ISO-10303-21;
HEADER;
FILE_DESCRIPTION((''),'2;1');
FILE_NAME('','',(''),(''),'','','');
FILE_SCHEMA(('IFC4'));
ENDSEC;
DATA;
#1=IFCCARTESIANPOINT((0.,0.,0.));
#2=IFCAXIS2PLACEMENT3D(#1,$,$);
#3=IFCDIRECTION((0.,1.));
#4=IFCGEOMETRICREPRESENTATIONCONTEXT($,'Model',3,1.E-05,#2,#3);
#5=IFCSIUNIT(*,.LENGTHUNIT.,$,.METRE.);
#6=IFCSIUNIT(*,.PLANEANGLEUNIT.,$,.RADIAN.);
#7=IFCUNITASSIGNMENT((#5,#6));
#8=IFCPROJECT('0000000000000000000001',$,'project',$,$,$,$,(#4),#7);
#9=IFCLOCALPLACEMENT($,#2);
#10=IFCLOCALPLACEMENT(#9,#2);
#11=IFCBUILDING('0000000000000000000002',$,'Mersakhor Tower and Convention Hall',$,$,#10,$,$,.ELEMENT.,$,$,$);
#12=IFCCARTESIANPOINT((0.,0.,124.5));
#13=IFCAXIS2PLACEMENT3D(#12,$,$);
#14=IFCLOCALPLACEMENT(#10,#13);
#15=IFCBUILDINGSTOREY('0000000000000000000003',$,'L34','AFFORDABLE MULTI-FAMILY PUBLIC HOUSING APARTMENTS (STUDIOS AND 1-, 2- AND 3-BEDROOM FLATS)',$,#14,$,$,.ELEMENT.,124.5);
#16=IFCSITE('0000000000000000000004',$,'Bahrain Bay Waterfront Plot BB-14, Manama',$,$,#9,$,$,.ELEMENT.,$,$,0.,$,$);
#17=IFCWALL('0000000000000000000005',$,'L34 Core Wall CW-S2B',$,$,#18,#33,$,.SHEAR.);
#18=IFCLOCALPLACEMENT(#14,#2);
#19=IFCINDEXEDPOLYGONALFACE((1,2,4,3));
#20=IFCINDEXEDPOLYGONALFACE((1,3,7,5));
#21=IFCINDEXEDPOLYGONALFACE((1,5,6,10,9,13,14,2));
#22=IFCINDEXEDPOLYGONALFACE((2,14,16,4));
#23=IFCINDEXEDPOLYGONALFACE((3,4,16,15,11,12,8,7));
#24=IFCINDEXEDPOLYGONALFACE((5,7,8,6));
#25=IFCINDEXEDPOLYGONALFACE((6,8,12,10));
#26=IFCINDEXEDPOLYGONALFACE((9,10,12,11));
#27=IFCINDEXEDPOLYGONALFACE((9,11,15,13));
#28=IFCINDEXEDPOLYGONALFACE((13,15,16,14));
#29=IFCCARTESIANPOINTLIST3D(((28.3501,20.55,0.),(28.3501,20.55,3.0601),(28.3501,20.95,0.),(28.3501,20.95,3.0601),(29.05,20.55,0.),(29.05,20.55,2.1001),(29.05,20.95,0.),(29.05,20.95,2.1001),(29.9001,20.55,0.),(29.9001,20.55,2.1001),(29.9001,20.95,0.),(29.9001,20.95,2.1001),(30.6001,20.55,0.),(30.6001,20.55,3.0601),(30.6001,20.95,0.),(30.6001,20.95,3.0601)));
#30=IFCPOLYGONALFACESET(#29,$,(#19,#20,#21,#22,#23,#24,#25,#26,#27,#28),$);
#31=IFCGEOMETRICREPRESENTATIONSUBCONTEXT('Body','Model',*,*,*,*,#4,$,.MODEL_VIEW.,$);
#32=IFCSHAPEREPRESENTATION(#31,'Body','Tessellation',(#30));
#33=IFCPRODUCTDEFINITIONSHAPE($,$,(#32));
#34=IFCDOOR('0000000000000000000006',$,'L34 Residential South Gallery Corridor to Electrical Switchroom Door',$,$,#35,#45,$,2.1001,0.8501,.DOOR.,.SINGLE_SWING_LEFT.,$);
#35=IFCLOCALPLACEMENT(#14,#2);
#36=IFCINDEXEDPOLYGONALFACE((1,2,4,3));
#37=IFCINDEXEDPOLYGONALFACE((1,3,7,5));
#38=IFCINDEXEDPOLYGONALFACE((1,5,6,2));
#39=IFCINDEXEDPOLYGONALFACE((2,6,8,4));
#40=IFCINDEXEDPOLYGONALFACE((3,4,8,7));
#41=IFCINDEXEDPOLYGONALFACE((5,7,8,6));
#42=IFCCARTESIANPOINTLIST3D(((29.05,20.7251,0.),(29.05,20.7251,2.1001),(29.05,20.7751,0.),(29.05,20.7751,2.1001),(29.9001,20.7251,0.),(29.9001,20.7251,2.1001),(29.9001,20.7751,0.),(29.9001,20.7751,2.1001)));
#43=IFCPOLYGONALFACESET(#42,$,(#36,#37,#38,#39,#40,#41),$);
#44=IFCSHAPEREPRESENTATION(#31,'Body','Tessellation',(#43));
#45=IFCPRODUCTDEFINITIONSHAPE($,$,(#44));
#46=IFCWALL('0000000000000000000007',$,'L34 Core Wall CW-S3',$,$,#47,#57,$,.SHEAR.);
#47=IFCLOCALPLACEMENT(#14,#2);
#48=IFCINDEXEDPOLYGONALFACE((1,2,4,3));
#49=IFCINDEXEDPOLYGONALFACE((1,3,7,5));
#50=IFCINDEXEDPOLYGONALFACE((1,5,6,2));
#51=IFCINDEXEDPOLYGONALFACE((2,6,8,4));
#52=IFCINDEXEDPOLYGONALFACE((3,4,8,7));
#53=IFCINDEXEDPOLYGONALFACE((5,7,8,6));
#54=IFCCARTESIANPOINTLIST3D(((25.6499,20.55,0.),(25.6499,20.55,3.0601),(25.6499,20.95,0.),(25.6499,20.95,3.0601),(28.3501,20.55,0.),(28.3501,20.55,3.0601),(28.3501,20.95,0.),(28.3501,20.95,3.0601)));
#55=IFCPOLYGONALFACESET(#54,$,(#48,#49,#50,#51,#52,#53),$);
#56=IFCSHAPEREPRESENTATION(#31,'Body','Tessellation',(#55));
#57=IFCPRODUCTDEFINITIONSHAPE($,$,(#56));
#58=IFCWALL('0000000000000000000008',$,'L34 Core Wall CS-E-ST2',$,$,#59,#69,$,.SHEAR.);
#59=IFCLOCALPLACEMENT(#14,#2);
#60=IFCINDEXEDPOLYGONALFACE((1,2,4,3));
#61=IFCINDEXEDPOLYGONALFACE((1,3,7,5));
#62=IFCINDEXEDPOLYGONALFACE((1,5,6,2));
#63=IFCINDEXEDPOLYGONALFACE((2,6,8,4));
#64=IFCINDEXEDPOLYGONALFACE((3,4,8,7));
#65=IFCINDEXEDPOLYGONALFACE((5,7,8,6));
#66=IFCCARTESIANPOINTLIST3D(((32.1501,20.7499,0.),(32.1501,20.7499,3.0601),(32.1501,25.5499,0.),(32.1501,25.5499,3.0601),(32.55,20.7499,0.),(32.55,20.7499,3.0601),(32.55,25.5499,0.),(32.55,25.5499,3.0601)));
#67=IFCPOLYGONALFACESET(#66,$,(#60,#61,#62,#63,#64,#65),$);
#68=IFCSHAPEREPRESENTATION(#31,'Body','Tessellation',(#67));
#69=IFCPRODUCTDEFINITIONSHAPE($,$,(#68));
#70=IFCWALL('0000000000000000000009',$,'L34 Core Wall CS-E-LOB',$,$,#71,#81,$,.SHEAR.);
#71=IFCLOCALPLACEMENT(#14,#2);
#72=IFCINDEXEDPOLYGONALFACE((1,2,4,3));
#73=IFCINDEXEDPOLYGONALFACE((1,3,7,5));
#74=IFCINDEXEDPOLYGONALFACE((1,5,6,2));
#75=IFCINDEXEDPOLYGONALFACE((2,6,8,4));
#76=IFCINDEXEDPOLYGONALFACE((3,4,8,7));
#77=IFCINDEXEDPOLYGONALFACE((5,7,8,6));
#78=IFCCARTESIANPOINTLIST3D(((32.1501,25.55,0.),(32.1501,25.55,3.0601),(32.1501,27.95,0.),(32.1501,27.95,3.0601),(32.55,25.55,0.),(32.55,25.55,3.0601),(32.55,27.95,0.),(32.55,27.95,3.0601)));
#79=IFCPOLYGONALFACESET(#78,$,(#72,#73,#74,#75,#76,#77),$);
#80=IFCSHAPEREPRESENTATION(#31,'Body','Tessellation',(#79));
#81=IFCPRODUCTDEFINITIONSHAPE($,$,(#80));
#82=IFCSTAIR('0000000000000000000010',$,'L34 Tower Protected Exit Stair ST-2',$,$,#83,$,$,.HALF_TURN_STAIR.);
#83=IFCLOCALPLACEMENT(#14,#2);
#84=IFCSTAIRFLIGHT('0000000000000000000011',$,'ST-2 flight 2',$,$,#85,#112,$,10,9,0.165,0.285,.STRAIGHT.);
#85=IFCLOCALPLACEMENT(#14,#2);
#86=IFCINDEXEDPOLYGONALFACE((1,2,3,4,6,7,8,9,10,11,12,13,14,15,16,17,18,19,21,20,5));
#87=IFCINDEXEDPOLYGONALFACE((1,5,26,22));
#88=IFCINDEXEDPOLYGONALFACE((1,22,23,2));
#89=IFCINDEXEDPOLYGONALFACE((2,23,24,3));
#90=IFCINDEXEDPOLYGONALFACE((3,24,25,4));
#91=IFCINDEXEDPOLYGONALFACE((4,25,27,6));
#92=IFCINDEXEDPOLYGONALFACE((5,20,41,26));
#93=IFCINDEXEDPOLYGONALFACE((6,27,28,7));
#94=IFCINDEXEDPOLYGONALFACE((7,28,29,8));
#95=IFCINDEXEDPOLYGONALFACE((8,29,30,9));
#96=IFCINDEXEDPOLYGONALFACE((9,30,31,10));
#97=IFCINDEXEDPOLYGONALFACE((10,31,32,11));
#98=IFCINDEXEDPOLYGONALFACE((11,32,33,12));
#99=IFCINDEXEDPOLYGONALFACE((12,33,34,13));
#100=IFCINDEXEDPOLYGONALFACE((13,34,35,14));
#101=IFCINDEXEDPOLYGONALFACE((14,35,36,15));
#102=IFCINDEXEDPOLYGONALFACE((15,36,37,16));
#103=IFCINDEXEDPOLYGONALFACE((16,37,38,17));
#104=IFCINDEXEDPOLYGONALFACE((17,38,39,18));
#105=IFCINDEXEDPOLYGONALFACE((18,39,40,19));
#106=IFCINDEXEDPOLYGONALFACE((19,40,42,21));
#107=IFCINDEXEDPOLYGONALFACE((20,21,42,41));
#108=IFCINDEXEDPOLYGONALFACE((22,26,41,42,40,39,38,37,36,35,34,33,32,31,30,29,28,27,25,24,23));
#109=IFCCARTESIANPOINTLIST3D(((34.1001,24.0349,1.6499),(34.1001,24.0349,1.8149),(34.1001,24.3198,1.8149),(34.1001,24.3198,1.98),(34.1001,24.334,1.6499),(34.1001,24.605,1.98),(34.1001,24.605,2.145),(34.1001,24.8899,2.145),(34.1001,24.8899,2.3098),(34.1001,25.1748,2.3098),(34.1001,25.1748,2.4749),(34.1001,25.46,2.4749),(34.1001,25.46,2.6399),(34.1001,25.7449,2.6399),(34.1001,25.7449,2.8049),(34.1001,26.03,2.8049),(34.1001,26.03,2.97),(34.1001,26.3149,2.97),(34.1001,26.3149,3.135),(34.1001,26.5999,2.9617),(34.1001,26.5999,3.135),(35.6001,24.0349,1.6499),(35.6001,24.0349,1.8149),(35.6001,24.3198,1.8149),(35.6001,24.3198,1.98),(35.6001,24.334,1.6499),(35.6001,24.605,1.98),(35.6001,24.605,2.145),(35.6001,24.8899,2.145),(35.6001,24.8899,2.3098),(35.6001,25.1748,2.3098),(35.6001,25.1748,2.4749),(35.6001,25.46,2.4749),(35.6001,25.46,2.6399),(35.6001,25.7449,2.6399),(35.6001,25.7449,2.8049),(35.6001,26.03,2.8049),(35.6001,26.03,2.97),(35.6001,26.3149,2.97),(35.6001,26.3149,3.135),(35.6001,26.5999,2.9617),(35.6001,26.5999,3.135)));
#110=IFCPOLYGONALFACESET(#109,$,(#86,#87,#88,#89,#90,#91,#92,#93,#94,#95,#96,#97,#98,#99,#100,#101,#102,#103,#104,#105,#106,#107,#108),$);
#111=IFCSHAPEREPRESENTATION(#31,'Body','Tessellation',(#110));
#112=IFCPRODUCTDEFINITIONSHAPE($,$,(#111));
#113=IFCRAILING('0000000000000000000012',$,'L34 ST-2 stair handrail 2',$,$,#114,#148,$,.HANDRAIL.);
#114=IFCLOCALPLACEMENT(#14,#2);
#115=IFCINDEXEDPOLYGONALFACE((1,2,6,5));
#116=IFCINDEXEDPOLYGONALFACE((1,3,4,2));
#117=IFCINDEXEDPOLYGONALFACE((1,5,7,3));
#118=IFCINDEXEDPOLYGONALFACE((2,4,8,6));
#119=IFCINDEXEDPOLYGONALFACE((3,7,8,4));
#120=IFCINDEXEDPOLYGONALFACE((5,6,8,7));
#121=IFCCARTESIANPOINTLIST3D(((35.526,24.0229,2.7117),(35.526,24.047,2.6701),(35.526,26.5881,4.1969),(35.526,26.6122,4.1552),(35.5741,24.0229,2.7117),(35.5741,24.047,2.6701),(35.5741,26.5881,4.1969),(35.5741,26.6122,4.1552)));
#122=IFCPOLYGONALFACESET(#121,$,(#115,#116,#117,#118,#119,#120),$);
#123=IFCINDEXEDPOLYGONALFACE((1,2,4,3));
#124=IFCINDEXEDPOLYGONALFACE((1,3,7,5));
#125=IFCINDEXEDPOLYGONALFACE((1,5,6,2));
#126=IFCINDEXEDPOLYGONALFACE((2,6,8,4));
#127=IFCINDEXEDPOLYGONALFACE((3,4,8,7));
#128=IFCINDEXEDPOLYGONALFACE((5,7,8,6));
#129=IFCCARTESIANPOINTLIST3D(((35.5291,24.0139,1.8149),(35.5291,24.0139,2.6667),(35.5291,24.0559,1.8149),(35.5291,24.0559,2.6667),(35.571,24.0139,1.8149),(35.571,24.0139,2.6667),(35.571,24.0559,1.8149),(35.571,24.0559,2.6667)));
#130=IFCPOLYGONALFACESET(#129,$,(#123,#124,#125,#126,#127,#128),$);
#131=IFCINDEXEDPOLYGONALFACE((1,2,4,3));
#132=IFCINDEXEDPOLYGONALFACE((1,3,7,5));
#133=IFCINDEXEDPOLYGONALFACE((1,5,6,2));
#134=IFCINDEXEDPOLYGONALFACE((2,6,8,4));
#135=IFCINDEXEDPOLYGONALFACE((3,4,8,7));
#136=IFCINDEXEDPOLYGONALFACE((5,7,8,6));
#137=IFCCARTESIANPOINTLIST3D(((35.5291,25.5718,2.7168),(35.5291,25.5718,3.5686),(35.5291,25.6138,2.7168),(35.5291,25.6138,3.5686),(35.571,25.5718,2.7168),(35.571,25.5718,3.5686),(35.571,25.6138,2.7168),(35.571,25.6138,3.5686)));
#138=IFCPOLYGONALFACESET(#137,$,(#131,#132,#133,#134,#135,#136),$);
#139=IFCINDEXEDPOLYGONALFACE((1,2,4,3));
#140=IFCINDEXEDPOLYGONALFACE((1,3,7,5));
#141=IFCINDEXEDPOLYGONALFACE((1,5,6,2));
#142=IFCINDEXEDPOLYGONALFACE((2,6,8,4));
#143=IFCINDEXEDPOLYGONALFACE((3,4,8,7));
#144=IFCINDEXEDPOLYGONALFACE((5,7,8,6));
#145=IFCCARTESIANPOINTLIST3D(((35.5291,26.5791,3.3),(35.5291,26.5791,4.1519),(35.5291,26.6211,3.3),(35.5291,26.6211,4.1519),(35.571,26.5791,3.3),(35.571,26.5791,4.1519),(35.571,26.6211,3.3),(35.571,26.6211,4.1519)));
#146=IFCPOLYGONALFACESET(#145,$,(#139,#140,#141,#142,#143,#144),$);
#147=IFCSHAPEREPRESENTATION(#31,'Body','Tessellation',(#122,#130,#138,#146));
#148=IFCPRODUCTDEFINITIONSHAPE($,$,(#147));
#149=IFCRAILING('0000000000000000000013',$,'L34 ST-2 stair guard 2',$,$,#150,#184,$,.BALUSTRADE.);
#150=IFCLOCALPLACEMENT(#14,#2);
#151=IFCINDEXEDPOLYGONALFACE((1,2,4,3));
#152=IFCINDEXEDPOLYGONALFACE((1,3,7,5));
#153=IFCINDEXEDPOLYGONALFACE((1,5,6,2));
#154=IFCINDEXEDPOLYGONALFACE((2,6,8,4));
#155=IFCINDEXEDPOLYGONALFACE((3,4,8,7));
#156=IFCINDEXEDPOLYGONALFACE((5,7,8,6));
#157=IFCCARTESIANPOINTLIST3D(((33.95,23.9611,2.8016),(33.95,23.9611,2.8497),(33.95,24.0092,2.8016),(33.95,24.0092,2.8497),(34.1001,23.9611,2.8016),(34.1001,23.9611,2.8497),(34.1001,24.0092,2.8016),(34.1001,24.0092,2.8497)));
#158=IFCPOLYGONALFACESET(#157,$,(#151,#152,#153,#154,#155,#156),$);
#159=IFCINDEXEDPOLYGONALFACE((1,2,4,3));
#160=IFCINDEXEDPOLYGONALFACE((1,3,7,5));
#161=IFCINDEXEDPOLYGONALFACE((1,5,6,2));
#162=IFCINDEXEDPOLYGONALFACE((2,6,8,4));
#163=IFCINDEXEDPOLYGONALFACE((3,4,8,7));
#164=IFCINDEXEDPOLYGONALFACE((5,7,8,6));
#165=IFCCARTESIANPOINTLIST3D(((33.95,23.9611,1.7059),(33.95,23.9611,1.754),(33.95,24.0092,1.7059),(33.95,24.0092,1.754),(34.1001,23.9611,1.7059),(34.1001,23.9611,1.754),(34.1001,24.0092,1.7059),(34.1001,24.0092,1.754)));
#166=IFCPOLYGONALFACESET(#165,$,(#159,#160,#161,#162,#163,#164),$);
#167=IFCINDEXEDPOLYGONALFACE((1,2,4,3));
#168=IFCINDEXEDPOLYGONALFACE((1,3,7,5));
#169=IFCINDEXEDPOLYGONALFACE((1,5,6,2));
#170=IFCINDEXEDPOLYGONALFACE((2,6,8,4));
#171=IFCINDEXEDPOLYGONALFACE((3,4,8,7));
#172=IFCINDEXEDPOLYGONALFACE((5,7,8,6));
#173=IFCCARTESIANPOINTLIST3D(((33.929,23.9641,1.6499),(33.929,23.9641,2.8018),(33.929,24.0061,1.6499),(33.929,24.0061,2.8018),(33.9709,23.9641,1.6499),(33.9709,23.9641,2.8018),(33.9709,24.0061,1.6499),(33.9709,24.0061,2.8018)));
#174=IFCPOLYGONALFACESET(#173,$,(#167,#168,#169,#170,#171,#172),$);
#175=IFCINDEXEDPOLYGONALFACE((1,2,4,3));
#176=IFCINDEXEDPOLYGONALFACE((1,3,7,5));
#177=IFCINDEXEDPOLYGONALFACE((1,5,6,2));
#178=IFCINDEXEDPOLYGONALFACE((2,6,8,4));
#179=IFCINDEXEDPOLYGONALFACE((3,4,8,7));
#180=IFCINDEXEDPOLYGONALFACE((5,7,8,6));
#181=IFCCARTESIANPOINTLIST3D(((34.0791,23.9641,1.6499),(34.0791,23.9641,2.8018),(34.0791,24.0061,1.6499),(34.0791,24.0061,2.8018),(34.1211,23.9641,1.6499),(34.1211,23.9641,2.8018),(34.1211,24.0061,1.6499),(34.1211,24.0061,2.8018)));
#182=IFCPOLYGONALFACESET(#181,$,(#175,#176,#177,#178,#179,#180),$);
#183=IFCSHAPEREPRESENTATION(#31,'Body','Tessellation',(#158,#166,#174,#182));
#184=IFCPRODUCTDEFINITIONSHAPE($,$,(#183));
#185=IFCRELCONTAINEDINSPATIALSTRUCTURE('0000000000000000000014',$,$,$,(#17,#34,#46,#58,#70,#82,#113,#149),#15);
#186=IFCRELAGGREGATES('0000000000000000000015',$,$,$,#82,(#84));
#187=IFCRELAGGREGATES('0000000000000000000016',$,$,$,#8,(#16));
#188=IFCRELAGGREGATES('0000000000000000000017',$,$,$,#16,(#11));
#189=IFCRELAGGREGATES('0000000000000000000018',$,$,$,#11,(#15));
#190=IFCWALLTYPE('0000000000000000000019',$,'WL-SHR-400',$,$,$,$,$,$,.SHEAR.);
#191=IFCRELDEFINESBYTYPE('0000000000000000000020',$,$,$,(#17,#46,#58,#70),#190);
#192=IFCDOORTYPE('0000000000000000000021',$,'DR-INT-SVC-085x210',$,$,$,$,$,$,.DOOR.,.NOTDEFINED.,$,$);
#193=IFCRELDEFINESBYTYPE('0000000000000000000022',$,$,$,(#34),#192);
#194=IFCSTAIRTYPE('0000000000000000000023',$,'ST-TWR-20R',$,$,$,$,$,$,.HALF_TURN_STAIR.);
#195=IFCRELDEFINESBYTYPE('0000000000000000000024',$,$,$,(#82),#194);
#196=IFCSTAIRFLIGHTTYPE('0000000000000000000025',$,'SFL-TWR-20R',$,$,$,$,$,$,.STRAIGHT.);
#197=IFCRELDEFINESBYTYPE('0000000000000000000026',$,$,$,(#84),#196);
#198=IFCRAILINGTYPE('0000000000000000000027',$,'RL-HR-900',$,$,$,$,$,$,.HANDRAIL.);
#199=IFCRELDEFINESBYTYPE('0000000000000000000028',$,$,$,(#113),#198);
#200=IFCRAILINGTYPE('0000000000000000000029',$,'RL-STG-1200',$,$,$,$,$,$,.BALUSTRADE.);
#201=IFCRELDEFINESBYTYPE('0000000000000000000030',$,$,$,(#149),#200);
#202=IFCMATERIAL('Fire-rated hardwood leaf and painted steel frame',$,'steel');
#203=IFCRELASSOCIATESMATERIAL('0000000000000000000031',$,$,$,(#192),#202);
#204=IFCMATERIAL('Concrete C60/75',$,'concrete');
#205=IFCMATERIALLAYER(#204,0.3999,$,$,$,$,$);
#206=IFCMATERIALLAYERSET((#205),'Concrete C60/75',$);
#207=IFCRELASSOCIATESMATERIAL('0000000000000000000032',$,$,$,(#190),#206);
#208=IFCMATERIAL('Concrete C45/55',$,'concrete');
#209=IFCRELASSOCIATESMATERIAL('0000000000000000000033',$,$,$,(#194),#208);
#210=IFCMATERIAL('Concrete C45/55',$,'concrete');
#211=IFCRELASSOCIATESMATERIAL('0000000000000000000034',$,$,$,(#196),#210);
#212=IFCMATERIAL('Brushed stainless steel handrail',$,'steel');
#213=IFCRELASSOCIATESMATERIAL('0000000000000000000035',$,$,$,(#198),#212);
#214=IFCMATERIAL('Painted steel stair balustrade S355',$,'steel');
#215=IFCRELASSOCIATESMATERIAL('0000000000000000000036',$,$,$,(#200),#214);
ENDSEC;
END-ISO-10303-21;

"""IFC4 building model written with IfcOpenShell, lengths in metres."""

from ifc_helpers import new_model, si_unit, direction, frame, frame_2d, origin, origin_2d, place, context, subcontext, project, spatial, polyline, rectangle, outline, extrude, material, layer, layer_set, type_object, element, fill, aggregate, save


model = new_model("IFC4")

# Units and contexts
model_context = context("Model", 3, precision=1e-05, world=origin(), true_north=direction((0.0, 1.0)))
body_context = subcontext(model_context, "Body", "Model", "MODEL_VIEW")
ifc_project = project(units=[si_unit("LENGTHUNIT", "METRE"), si_unit("PLANEANGLEUNIT", "RADIAN")], contexts=[model_context])

# Site, building, storey
site_placement = place(None, origin())
site = spatial("IfcSite", under=ifc_project, at=site_placement, Name="Bahrain Bay Waterfront Plot BB-14, Manama", CompositionType="ELEMENT", RefElevation=0.0)
building_placement = place(site_placement, origin())
building = spatial("IfcBuilding", under=site, at=building_placement, Name="Mersakhor Tower and Convention Hall", CompositionType="ELEMENT")
storey_placement = place(building_placement, frame((0.0, 0.0, 124.5)))
storey = spatial("IfcBuildingStorey", under=building, at=storey_placement, Name="L34", Description="AFFORDABLE MULTI-FAMILY PUBLIC HOUSING APARTMENTS (STUDIOS AND 1-, 2- AND 3-BEDROOM FLATS)", CompositionType="ELEMENT", Elevation=124.5)

# Shared definitions
ifc_material_1 = material(Name="Fire-rated hardwood leaf and painted steel frame", Category="steel")
door_type_1 = type_object("IfcDoorType", Name="DR-INT-SVC-085x210", OperationType="NOTDEFINED", PredefinedType="DOOR", material=ifc_material_1)

# Shared definitions
ifc_material_2 = material(Name="Concrete C60/75", Category="concrete")
ifc_layer_1 = layer(ifc_material_2, 0.3999)
ifc_layer_set_1 = layer_set([ifc_layer_1], Name="Concrete C60/75")
wall_type_1 = type_object("IfcWallType", Name="WL-SHR-400", PredefinedType="SHEAR", material=ifc_layer_set_1)

# Wall, opening, door
wall_1_placement = place(storey_placement, frame((30.6001, 20.75, 0.0), z_axis=(0.0, 0.0, 1.0), x_axis=(-1.0, 0.0, 0.0)))
wall_1 = element("IfcWall", 1, at=wall_1_placement, inside=storey, type_object=wall_type_1, Name="L34 Core Wall CW-S2B", PredefinedType="SHEAR", context=body_context, shape_type="SweptSolid", body=[
    extrude(rectangle(XDim=2.25, YDim=0.3999, at=frame_2d((1.125, 0.0))), origin(), (0.0, 0.0, 1.0), 3.0601),
])
opening_1_placement = place(wall_1_placement, frame((0.7, 0.0, 0.0)))
opening_1 = element("IfcOpeningElement", 2, at=opening_1_placement, cuts=wall_1, PredefinedType="OPENING", context=body_context, shape_type="SweptSolid", body=[
    extrude(rectangle(XDim=0.8501, YDim=2.1001, at=frame_2d((0.425, 1.05))), frame((0.0, 0.21, 0.0), z_axis=(0.0, -1.0, 0.0), x_axis=(1.0, 0.0, 0.0)), (0.0, 0.0, 1.0), 0.4199),
])
door_1_placement = place(opening_1_placement, origin())
door_1 = element("IfcDoor", 3, at=door_1_placement, inside=storey, type_object=door_type_1, Name="L34 Residential South Gallery Corridor to Electrical Switchroom Door", OperationType="SINGLE_SWING_LEFT", OverallHeight=2.1001, OverallWidth=0.8501, PredefinedType="DOOR", context=body_context, shape_type="SweptSolid", body=[
    extrude(rectangle(XDim=0.8501, YDim=2.1001, at=frame_2d((0.425, 1.05))), frame((0.0, 0.0249, 0.0), z_axis=(0.0, -1.0, 0.0), x_axis=(1.0, 0.0, 0.0)), (0.0, 0.0, 1.0), 0.05),
])
fill(opening_1, door_1)

# Walls
wall_2_placement = place(storey_placement, frame((28.3501, 20.75, 0.0), z_axis=(0.0, 0.0, 1.0), x_axis=(-1.0, 0.0, 0.0)))
element("IfcWall", 4, at=wall_2_placement, inside=storey, type_object=wall_type_1, Name="L34 Core Wall CW-S3", PredefinedType="SHEAR", context=body_context, shape_type="SweptSolid", body=[
    extrude(rectangle(XDim=2.7002, YDim=0.3999, at=frame_2d((1.3501, 0.0))), origin(), (0.0, 0.0, 1.0), 3.0601),
])
wall_3_placement = place(storey_placement, frame((32.3501, 20.75, 0.0), z_axis=(0.0, 0.0, 1.0), x_axis=(0.0, 1.0, 0.0)))
element("IfcWall", 5, at=wall_3_placement, inside=storey, type_object=wall_type_1, Name="L34 Core Wall CS-E-ST2", PredefinedType="SHEAR", context=body_context, shape_type="SweptSolid", body=[
    extrude(rectangle(XDim=4.8, YDim=0.3999, at=frame_2d((2.3999, 0.0))), origin(), (0.0, 0.0, 1.0), 3.0601),
])
wall_4_placement = place(storey_placement, frame((32.3501, 25.55, 0.0), z_axis=(0.0, 0.0, 1.0), x_axis=(0.0, 1.0, 0.0)))
element("IfcWall", 6, at=wall_4_placement, inside=storey, type_object=wall_type_1, Name="L34 Core Wall CS-E-LOB", PredefinedType="SHEAR", context=body_context, shape_type="SweptSolid", body=[
    extrude(rectangle(XDim=2.3999, YDim=0.3999, at=frame_2d((1.2, 0.0))), origin(), (0.0, 0.0, 1.0), 3.0601),
])

# Stair, stair flight
ifc_material_3 = material(Name="Concrete C45/55", Category="concrete")
stair_type = type_object("IfcStairType", Name="ST-TWR-20R", PredefinedType="HALF_TURN_STAIR", material=ifc_material_3)
stair_placement = place(storey_placement, origin())
stair = element("IfcStair", 7, at=stair_placement, inside=storey, type_object=stair_type, Name="L34 Tower Protected Exit Stair ST-2", PredefinedType="HALF_TURN_STAIR")
ifc_material_4 = material(Name="Concrete C45/55", Category="concrete")
stair_flight_type = type_object("IfcStairFlightType", Name="SFL-TWR-20R", PredefinedType="STRAIGHT", material=ifc_material_4)
stair_flight_placement = place(storey_placement, frame((34.8501, 24.0349, 1.6499), z_axis=(0.0, 0.0, 1.0), x_axis=(0.0, 1.0, 0.0)))
stair_flight = element("IfcStairFlight", 8, at=stair_flight_placement, type_object=stair_flight_type, Name="ST-2 flight 2", NumberOfRisers=10, NumberOfTreads=9, PredefinedType="STRAIGHT", RiserHeight=0.165, TreadLength=0.285, context=body_context, shape_type="SweptSolid", body=[
    extrude(outline(polyline([(0.0, 0.0), (0.0, 0.165), (0.2849, 0.165), (0.2849, 0.3301), (0.5701, 0.3301), (0.5701, 0.4951), (0.855, 0.4951), (0.855, 0.6599), (1.1399, 0.6599), (1.1399, 0.825), (1.425, 0.825), (1.425, 0.99), (1.71, 0.99), (1.71, 1.155), (1.9951, 1.155), (1.9951, 1.3201), (2.28, 1.3201), (2.28, 1.4851), (2.5649, 1.4851), (2.5649, 1.6499), (2.5649, 1.3118), (0.2991, 0.0), (0.0, 0.0)])), frame((0.0, 0.75, 0.0), z_axis=(0.0, -1.0, 0.0), x_axis=(1.0, 0.0, 0.0)), (0.0, 0.0, 1.0), 1.5),
])
aggregate(stair, [stair_flight])

# Railings
ifc_material_5 = material(Name="Brushed stainless steel handrail", Category="steel")
railing_type_1 = type_object("IfcRailingType", Name="RL-HR-900", PredefinedType="HANDRAIL", material=ifc_material_5)
railing_1_placement = place(storey_placement, frame((35.55, 24.0349, 1.8149)))
element("IfcRailing", 9, at=railing_1_placement, inside=storey, type_object=railing_type_1, Name="L34 ST-2 stair handrail 2", PredefinedType="HANDRAIL", context=body_context, shape_type="SweptSolid", body=[
    extrude(rectangle(XDim=0.0481, YDim=0.0481, at=origin_2d()), frame((0.0, 0.0, 0.876), z_axis=(0.0, 0.865426, 0.501036), x_axis=(-1.0, 0.0, 0.0)), (0.0, 0.0, 1.0), 2.9641),
    extrude(rectangle(XDim=0.042, YDim=0.042, at=origin_2d()), origin(), (0.0, 0.0, 1.0), 0.8518),
    extrude(rectangle(XDim=0.042, YDim=0.042, at=origin_2d()), frame((0.0, 1.5579, 0.9019)), (0.0, 0.0, 1.0), 0.8518),
    extrude(rectangle(XDim=0.042, YDim=0.042, at=origin_2d()), frame((0.0, 2.5652, 1.4851)), (0.0, 0.0, 1.0), 0.8518),
])
ifc_material_6 = material(Name="Painted steel stair balustrade S355", Category="steel")
railing_type_2 = type_object("IfcRailingType", Name="RL-STG-1200", PredefinedType="BALUSTRADE", material=ifc_material_6)
railing_2_placement = place(storey_placement, frame((33.95, 23.9851, 1.6499)))
element("IfcRailing", 10, at=railing_2_placement, inside=storey, type_object=railing_type_2, Name="L34 ST-2 stair guard 2", PredefinedType="BALUSTRADE", context=body_context, shape_type="SweptSolid", body=[
    extrude(rectangle(XDim=0.0481, YDim=0.0481, at=origin_2d()), frame((0.0, 0.0, 1.1758), z_axis=(1.0, 0.0, 0.0), x_axis=(0.0, 1.0, 0.0)), (0.0, 0.0, 1.0), 0.1501),
    extrude(rectangle(XDim=0.0481, YDim=0.0481, at=origin_2d()), frame((0.0, 0.0, 0.0801), z_axis=(1.0, 0.0, 0.0), x_axis=(0.0, 1.0, 0.0)), (0.0, 0.0, 1.0), 0.1501),
    extrude(rectangle(XDim=0.042, YDim=0.042, at=origin_2d()), origin(), (0.0, 0.0, 1.0), 1.1519),
    extrude(rectangle(XDim=0.042, YDim=0.042, at=origin_2d()), frame((0.1501, 0.0, 0.0)), (0.0, 0.0, 1.0), 1.1519),
])

save(model, "model.ifc")
